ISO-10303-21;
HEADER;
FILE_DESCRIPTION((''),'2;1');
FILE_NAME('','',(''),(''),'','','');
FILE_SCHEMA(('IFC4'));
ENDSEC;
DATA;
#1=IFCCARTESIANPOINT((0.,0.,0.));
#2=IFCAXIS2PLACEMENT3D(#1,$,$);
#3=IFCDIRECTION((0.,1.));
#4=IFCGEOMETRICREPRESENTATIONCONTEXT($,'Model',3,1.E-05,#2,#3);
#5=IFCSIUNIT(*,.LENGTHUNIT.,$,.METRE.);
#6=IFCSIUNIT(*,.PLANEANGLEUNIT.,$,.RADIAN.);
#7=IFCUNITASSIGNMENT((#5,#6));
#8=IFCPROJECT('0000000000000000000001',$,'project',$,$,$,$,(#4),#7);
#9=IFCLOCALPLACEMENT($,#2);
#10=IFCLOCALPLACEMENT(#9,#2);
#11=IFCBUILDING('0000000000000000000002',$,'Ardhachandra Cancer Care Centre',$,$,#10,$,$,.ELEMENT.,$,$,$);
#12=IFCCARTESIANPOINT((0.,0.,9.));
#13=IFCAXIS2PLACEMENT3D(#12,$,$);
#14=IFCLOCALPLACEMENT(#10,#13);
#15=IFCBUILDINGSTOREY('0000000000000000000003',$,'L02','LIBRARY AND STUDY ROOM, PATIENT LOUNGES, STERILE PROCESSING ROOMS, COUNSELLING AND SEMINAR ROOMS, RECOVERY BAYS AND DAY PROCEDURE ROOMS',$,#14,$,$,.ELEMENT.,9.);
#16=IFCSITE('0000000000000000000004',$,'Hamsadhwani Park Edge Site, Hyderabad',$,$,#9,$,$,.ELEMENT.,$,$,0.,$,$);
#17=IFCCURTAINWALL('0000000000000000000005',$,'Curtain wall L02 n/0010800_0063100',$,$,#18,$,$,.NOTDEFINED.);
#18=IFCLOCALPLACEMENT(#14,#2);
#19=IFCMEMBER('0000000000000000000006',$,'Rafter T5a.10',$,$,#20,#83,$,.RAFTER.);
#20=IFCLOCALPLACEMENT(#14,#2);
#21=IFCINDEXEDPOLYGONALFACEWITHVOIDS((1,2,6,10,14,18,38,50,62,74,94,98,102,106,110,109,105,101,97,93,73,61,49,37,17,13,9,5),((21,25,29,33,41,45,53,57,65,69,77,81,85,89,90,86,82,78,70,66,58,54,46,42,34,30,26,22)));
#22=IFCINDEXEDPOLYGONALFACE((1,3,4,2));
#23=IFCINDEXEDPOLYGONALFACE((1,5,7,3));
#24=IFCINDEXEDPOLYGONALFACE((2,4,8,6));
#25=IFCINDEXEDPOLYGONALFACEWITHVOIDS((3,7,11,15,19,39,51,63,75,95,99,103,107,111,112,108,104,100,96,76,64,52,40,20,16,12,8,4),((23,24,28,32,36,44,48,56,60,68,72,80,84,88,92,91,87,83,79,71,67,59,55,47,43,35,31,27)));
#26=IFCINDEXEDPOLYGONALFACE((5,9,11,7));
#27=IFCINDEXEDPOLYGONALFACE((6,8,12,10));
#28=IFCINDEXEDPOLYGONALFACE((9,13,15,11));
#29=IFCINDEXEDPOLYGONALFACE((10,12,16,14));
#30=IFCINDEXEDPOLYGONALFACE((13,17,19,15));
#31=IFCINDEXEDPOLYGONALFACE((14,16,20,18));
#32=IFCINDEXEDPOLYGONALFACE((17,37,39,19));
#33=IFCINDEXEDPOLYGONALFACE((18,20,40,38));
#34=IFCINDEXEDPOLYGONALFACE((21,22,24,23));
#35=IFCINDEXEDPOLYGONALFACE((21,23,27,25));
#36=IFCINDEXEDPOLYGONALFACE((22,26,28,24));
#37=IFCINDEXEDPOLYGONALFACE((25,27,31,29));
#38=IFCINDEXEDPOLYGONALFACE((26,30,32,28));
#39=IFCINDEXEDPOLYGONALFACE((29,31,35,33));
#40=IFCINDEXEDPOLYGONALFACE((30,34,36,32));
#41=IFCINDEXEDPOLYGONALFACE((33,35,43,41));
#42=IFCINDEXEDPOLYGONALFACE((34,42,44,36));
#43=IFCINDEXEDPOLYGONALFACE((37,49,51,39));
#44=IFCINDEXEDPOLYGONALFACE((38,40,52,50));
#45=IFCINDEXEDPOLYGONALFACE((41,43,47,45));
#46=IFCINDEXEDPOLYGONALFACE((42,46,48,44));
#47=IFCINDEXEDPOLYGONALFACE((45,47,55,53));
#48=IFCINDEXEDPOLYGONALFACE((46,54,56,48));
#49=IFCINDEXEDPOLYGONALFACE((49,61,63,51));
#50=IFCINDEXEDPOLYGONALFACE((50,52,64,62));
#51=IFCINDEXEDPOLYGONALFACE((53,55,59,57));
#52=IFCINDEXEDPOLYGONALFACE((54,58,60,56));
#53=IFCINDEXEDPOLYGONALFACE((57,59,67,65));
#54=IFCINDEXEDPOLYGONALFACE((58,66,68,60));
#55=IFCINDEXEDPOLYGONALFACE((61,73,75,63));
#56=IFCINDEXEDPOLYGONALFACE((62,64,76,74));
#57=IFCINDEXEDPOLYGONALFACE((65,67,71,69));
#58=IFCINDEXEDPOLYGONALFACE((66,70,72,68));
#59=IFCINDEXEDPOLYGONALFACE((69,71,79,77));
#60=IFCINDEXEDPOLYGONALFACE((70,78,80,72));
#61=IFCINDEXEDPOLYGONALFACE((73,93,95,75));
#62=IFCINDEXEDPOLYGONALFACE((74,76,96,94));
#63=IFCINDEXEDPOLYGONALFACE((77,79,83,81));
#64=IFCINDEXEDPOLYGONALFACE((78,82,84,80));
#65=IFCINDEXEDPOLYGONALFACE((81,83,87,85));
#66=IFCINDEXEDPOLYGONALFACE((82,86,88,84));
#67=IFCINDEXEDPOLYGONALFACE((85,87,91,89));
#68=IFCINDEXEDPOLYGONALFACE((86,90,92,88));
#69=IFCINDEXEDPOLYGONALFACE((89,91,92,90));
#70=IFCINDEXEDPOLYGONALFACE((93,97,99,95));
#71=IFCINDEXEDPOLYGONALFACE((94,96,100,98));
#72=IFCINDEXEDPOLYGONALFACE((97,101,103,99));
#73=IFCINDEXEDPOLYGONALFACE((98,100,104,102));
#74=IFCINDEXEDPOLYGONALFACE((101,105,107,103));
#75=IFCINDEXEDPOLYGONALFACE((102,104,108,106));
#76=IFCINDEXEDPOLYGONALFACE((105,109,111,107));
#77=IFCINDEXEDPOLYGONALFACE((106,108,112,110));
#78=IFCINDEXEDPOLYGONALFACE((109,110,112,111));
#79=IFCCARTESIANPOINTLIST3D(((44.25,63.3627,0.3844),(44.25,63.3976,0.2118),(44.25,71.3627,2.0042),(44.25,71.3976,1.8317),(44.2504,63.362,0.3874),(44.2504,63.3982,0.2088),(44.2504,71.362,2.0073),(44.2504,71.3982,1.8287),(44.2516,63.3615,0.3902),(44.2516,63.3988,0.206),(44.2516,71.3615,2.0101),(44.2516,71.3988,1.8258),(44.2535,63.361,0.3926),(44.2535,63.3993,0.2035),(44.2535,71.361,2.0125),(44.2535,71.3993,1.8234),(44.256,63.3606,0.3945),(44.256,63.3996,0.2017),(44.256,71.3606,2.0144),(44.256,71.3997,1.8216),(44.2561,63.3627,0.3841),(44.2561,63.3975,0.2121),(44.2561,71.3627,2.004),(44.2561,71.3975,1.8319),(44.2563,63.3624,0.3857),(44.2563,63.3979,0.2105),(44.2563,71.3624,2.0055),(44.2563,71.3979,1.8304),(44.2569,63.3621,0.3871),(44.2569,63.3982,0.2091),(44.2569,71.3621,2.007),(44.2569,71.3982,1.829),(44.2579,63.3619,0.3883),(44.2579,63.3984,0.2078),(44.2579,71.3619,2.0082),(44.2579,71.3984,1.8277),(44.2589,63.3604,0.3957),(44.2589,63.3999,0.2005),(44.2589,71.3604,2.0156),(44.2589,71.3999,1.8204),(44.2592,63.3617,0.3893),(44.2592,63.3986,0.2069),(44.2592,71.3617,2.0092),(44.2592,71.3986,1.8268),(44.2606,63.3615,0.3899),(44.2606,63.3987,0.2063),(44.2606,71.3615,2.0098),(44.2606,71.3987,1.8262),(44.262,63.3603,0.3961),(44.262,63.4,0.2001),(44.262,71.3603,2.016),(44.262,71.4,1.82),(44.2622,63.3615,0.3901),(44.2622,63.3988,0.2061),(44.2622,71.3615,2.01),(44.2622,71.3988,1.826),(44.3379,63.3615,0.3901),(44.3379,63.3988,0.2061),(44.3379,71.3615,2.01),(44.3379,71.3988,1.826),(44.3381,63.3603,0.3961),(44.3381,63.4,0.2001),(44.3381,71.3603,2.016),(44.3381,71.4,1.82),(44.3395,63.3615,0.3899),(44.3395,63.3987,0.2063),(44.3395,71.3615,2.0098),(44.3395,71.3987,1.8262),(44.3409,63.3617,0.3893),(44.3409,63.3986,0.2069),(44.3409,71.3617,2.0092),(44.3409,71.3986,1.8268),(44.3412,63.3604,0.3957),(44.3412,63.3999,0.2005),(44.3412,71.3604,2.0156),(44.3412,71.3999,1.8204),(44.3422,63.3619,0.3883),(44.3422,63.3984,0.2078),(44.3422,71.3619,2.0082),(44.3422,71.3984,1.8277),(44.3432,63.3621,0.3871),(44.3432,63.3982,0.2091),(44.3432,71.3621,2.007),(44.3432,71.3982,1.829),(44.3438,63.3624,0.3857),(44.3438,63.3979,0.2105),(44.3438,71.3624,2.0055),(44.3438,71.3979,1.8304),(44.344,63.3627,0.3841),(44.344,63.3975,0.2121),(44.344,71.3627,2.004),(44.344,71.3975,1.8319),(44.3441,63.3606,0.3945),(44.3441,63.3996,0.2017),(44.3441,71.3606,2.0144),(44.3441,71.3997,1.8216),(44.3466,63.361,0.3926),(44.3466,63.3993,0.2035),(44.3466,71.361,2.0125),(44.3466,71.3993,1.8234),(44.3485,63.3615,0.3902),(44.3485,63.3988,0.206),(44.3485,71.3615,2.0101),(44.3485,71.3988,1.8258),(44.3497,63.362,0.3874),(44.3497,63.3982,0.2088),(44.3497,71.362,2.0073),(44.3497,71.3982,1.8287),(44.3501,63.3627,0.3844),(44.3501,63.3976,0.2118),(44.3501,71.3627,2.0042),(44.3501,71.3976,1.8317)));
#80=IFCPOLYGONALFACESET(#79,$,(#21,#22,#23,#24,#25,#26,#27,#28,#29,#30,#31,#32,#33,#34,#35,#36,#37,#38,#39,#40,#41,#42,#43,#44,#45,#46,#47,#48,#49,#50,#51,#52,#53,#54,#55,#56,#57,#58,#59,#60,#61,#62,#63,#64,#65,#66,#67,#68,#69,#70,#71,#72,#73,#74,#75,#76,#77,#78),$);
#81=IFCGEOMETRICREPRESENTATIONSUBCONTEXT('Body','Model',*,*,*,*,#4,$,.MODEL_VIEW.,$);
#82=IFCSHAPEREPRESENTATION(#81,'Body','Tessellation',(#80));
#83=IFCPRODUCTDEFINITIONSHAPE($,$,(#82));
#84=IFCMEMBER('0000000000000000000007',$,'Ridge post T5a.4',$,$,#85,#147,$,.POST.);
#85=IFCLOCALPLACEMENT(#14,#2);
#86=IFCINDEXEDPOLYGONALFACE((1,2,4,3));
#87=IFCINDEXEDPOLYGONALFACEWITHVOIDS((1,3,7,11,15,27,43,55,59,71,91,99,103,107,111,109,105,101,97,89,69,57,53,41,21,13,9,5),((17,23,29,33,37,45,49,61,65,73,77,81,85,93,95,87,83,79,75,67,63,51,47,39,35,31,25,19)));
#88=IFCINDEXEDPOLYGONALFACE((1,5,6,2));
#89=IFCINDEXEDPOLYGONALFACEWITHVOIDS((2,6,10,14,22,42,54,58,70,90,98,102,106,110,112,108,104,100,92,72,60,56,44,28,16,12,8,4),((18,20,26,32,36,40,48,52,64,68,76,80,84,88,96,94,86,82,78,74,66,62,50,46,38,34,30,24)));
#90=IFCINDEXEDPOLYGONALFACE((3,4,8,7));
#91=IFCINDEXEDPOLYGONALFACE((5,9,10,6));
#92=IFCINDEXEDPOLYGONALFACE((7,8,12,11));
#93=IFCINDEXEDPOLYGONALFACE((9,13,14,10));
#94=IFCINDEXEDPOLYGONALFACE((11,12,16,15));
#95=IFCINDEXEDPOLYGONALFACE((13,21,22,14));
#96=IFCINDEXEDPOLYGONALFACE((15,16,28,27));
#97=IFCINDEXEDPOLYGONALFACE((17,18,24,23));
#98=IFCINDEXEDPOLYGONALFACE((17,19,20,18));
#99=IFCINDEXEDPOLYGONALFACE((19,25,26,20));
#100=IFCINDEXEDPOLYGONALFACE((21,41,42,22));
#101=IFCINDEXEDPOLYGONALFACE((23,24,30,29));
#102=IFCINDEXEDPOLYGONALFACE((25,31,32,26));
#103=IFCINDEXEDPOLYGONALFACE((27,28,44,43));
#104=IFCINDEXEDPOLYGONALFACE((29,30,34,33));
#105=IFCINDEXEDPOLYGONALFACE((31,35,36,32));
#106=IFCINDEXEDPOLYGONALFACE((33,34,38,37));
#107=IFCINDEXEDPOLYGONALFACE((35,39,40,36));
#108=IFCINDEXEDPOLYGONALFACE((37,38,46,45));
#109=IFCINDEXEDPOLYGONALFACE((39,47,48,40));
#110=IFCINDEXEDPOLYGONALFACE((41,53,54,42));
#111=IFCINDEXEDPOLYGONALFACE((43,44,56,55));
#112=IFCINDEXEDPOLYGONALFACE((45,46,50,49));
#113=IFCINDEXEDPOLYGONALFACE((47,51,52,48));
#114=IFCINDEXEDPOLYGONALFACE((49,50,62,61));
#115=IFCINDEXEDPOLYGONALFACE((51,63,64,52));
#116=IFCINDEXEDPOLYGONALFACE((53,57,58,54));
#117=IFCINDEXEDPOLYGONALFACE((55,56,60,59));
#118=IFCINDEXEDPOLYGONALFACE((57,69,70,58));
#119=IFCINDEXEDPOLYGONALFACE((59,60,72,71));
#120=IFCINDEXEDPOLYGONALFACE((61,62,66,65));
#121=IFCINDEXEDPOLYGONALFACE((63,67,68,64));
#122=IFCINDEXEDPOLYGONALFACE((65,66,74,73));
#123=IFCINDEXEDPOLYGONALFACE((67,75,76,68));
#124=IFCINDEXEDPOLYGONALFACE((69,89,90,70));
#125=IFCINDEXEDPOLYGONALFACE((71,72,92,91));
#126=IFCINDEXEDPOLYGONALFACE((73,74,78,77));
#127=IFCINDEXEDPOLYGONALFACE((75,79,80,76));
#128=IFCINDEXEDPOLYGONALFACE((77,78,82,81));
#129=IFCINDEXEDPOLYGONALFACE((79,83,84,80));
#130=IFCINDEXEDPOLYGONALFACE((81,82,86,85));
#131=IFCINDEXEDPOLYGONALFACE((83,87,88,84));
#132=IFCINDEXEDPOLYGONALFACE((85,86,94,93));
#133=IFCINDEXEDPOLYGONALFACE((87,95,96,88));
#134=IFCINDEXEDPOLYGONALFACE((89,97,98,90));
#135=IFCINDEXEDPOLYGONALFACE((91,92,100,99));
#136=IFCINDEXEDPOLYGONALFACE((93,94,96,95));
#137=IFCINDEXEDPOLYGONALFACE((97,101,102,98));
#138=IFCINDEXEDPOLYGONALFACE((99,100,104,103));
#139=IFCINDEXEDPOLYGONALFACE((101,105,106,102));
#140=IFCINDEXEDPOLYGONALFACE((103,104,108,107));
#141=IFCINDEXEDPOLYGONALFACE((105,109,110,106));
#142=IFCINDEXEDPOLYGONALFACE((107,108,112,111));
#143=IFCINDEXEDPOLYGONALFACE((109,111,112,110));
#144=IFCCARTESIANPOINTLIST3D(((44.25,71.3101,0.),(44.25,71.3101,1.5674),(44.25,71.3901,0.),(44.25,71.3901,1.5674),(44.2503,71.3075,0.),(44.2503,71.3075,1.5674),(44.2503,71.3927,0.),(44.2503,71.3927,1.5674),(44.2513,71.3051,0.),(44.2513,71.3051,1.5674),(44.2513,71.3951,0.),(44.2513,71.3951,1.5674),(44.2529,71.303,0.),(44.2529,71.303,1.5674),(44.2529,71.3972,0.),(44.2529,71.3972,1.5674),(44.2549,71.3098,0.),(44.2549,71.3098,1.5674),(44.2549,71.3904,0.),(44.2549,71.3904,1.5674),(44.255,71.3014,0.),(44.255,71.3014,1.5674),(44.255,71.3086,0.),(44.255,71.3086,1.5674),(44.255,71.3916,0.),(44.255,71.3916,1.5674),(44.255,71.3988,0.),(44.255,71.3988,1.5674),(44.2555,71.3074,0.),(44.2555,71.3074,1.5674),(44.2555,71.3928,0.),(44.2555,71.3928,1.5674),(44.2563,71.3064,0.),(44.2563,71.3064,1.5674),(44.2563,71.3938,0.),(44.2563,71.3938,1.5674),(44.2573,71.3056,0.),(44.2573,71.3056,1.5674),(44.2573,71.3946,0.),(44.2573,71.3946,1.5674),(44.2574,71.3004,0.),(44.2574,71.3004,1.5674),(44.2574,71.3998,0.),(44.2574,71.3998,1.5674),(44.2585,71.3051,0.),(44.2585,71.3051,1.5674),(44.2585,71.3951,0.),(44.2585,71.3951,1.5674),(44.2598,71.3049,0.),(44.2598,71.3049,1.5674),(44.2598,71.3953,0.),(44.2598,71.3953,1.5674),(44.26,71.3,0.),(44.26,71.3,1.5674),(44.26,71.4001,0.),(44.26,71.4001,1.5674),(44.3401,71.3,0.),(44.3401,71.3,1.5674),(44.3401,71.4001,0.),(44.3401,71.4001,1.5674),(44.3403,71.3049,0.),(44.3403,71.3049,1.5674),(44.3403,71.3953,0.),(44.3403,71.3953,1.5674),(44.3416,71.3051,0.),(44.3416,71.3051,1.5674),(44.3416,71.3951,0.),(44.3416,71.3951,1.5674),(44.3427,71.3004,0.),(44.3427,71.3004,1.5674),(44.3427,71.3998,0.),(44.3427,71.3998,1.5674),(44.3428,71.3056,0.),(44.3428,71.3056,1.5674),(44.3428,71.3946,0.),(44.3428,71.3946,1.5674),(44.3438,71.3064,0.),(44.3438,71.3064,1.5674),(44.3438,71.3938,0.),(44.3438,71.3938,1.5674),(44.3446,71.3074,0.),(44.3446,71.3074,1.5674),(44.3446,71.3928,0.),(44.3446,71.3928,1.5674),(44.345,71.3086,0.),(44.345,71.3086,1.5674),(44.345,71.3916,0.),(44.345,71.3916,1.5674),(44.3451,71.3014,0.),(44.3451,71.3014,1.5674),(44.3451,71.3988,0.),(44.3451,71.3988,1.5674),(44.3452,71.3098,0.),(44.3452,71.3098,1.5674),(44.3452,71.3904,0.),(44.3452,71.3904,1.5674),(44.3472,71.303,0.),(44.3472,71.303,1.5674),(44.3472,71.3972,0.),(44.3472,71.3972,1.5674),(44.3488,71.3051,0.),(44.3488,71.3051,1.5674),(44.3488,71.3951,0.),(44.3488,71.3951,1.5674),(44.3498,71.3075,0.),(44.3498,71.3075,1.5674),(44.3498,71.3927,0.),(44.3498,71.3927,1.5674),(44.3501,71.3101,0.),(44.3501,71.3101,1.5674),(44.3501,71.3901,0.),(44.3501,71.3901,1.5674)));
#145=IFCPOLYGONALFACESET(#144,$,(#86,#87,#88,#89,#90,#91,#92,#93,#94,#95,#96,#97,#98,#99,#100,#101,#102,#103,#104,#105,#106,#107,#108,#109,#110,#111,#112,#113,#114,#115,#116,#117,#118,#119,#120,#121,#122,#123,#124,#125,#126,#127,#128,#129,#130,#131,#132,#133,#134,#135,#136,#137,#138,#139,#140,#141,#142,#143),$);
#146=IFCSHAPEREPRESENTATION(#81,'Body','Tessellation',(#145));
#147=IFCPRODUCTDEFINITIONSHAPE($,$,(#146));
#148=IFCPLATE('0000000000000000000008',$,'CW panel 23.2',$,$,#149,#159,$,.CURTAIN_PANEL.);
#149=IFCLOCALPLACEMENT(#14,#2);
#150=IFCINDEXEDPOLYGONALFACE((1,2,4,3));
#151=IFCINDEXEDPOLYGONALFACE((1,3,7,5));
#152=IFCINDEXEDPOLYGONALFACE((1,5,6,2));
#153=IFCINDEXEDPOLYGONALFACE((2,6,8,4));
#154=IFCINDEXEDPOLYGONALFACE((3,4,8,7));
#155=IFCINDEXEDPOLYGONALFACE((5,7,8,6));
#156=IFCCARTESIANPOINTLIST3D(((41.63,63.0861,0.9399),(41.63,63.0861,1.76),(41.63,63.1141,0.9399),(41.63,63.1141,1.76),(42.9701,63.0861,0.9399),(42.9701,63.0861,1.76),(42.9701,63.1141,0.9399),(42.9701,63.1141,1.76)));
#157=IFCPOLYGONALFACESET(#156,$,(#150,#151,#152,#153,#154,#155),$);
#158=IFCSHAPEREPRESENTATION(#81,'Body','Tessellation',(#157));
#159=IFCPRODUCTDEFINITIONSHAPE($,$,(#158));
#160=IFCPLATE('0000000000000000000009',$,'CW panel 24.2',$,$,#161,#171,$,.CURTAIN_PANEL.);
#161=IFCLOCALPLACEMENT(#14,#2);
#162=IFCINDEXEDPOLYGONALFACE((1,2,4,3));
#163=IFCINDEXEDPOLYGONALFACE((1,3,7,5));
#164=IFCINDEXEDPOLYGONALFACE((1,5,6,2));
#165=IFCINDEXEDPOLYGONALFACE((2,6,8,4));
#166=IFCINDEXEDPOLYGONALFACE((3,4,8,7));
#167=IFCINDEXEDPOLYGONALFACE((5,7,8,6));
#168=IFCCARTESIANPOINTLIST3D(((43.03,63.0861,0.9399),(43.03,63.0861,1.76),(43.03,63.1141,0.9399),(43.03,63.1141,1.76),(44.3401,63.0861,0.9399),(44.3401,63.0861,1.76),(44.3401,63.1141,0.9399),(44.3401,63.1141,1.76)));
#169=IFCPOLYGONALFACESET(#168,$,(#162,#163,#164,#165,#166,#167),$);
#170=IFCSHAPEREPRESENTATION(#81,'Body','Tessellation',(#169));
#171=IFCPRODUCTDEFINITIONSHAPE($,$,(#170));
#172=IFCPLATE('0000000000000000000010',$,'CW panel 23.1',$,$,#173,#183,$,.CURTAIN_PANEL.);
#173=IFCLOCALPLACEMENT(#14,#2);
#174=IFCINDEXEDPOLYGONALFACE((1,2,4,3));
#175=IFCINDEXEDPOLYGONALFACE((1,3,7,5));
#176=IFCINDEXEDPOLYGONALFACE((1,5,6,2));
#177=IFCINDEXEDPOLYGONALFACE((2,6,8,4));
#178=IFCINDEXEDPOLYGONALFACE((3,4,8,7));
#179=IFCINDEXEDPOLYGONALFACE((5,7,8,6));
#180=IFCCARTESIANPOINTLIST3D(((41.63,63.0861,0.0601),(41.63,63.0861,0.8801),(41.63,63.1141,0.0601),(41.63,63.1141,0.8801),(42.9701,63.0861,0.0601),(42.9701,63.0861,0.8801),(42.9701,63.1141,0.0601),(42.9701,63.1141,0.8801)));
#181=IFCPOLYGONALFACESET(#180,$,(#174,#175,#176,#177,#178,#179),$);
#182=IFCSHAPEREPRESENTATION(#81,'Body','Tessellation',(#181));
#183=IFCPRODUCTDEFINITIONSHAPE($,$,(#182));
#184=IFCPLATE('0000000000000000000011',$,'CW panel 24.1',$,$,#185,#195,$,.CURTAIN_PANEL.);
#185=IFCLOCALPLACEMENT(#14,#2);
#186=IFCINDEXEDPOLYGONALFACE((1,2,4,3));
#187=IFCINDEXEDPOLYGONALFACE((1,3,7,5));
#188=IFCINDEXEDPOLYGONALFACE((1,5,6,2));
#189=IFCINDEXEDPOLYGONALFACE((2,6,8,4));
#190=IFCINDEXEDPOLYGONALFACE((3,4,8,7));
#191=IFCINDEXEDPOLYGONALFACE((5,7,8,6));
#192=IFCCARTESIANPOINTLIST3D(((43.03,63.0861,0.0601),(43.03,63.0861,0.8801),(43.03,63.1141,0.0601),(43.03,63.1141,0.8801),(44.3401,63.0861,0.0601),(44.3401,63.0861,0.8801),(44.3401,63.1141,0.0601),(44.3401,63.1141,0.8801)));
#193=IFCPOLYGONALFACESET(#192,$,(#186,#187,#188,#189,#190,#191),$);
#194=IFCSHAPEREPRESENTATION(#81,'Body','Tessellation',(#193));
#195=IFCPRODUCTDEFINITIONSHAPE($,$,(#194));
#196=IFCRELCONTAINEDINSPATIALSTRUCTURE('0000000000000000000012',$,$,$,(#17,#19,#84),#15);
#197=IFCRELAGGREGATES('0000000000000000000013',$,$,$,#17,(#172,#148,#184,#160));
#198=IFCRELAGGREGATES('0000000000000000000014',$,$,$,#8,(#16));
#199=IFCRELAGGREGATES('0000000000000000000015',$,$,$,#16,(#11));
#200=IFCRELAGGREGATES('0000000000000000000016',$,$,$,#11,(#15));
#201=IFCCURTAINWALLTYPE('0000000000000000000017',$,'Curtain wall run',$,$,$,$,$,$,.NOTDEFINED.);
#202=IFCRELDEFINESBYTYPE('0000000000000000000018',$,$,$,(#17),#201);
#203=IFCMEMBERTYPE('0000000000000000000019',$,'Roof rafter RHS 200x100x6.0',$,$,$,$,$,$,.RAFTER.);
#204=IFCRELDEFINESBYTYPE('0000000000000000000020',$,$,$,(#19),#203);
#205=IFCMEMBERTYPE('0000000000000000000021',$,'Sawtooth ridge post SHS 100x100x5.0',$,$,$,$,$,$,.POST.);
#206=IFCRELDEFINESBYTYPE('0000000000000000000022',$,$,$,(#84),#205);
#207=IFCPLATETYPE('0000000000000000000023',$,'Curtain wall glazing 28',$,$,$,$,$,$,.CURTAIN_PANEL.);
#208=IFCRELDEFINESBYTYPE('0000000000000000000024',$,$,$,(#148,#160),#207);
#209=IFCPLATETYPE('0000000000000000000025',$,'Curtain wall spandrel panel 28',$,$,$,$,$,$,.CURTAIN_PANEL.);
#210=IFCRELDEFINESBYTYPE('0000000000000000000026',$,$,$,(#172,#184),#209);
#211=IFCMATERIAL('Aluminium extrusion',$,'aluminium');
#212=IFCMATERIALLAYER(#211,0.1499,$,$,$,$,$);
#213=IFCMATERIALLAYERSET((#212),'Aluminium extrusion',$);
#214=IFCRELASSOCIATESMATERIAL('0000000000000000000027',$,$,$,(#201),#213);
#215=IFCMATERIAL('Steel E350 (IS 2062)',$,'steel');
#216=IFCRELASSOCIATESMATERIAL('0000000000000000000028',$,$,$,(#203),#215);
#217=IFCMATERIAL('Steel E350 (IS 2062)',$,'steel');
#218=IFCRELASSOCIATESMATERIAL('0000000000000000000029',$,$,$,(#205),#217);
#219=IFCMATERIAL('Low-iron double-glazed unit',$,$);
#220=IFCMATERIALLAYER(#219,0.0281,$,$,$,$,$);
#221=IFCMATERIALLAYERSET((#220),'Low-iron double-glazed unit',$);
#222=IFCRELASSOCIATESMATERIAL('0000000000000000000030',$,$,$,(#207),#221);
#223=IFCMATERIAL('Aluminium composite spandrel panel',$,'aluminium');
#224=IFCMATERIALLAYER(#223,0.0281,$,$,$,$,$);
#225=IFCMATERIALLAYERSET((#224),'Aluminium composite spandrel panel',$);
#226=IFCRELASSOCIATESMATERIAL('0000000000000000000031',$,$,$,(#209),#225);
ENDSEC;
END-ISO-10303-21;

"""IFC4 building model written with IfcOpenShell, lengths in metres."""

from ifc_helpers import new_model, si_unit, direction, frame, origin, origin_2d, place, context, subcontext, project, spatial, rectangle, hollow_rectangle, extrude, material, layer, layer_set, material_profile, profile_set, type_object, element, aggregate, save


model = new_model("IFC4")

# Units and contexts
model_context = context("Model", 3, precision=1e-05, world=origin(), true_north=direction((0.0, 1.0)))
body_context = subcontext(model_context, "Body", "Model", "MODEL_VIEW")
ifc_project = project(units=[si_unit("LENGTHUNIT", "METRE"), si_unit("PLANEANGLEUNIT", "RADIAN")], contexts=[model_context])

# Site, building, storey
site_placement = place(None, origin())
site = spatial("IfcSite", under=ifc_project, at=site_placement, Name="Hamsadhwani Park Edge Site, Hyderabad", CompositionType="ELEMENT", RefElevation=0.0)
building_placement = place(site_placement, origin())
building = spatial("IfcBuilding", under=site, at=building_placement, Name="Ardhachandra Cancer Care Centre", CompositionType="ELEMENT")
storey_placement = place(building_placement, frame((0.0, 0.0, 9.0)))
storey = spatial("IfcBuildingStorey", under=building, at=storey_placement, Name="L02", Description="LIBRARY AND STUDY ROOM, PATIENT LOUNGES, STERILE PROCESSING ROOMS, COUNSELLING AND SEMINAR ROOMS, RECOVERY BAYS AND DAY PROCEDURE ROOMS", CompositionType="ELEMENT", Elevation=9.0)

# Curtain wall
ifc_material_1 = material(Name="Aluminium extrusion", Category="aluminium")
ifc_layer_1 = layer(ifc_material_1, 0.1499)
ifc_layer_set_1 = layer_set([ifc_layer_1], Name="Aluminium extrusion")
curtain_wall_type = type_object("IfcCurtainWallType", Name="Curtain wall run", PredefinedType="NOTDEFINED", material=ifc_layer_set_1)
curtain_wall_1_placement = place(storey_placement, origin())
curtain_wall_1 = element("IfcCurtainWall", 1, at=curtain_wall_1_placement, inside=storey, type_object=curtain_wall_type, Name="Curtain wall L02 n/0010800_0063100", PredefinedType="NOTDEFINED")

# Members
ifc_material_2 = material(Name="Steel E350 (IS 2062)", Category="steel")
ifc_material_profile_1 = material_profile(ifc_material_2, hollow_rectangle(XDim=0.1001, YDim=0.2, WallThickness=0.0061, InnerFilletRadius=0.0061, OuterFilletRadius=0.012, at=origin_2d()), Name="RHS 200x100x6.0")
ifc_profile_set_1 = profile_set([ifc_material_profile_1], Name="Steel E350 (IS 2062)")
member_type_1 = type_object("IfcMemberType", Name="Roof rafter RHS 200x100x6.0", PredefinedType="RAFTER", material=ifc_profile_set_1)
for number, where, z_axis, x_axis, name in (
    (2, (44.3, 63.3801, 0.2981), (0.0, 0.98011, 0.198457), (-1.0, 0.0, 0.0), "Rafter T5a.10"),
):
    element("IfcMember", number, at=place(storey_placement, frame(where, z_axis=z_axis, x_axis=x_axis)), inside=storey, type_object=member_type_1, Name=name, PredefinedType="RAFTER", context=body_context, shape_type="SweptSolid", body=[
        extrude(hollow_rectangle(XDim=0.1001, YDim=0.2, WallThickness=0.0061, InnerFilletRadius=0.0061, OuterFilletRadius=0.012, at=origin_2d()), origin(), (0.0, 0.0, 1.0), 8.1624),
    ])
ifc_material_3 = material(Name="Steel E350 (IS 2062)", Category="steel")
ifc_material_profile_2 = material_profile(ifc_material_3, hollow_rectangle(XDim=0.1001, YDim=0.1001, WallThickness=0.0049, InnerFilletRadius=0.0049, OuterFilletRadius=0.01, at=origin_2d()), Name="SHS 100x100x5.0")
ifc_profile_set_2 = profile_set([ifc_material_profile_2], Name="Steel E350 (IS 2062)")
member_type_2 = type_object("IfcMemberType", Name="Sawtooth ridge post SHS 100x100x5.0", PredefinedType="POST", material=ifc_profile_set_2)
member_1_placement = place(storey_placement, frame((44.3, 71.3501, 0.0), z_axis=(0.0, 0.0, 1.0), x_axis=(1.0, 0.0, 0.0)))
element("IfcMember", 3, at=member_1_placement, inside=storey, type_object=member_type_2, Name="Ridge post T5a.4", PredefinedType="POST", context=body_context, shape_type="SweptSolid", body=[
    extrude(hollow_rectangle(XDim=0.1001, YDim=0.1001, WallThickness=0.0049, InnerFilletRadius=0.0049, OuterFilletRadius=0.01, at=origin_2d()), origin(), (0.0, 0.0, 1.0), 1.5674),
])

# Plates
ifc_material_4 = material(Name="Low-iron double-glazed unit")
ifc_layer_2 = layer(ifc_material_4, 0.0281)
ifc_layer_set_2 = layer_set([ifc_layer_2], Name="Low-iron double-glazed unit")
plate_type_1 = type_object("IfcPlateType", Name="Curtain wall glazing 28", PredefinedType="CURTAIN_PANEL", material=ifc_layer_set_2)
plate_1_placement = place(storey_placement, frame((42.3, 63.1001, 0.9399), z_axis=(0.0, 0.0, 1.0), x_axis=(1.0, 0.0, 0.0)))
plate_1 = element("IfcPlate", 4, at=plate_1_placement, type_object=plate_type_1, Name="CW panel 23.2", PredefinedType="CURTAIN_PANEL", context=body_context, shape_type="SweptSolid", body=[
    extrude(rectangle(XDim=1.3401, YDim=0.0281, at=origin_2d()), origin(), (0.0, 0.0, 1.0), 0.8201),
])
plate_2_placement = place(storey_placement, frame((43.6851, 63.1001, 0.9399), z_axis=(0.0, 0.0, 1.0), x_axis=(1.0, 0.0, 0.0)))
plate_2 = element("IfcPlate", 5, at=plate_2_placement, type_object=plate_type_1, Name="CW panel 24.2", PredefinedType="CURTAIN_PANEL", context=body_context, shape_type="SweptSolid", body=[
    extrude(rectangle(XDim=1.3101, YDim=0.0281, at=origin_2d()), origin(), (0.0, 0.0, 1.0), 0.8201),
])
ifc_material_5 = material(Name="Aluminium composite spandrel panel", Category="aluminium")
ifc_layer_3 = layer(ifc_material_5, 0.0281)
ifc_layer_set_3 = layer_set([ifc_layer_3], Name="Aluminium composite spandrel panel")
plate_type_2 = type_object("IfcPlateType", Name="Curtain wall spandrel panel 28", PredefinedType="CURTAIN_PANEL", material=ifc_layer_set_3)
plate_3_placement = place(storey_placement, frame((42.3, 63.1001, 0.0601), z_axis=(0.0, 0.0, 1.0), x_axis=(1.0, 0.0, 0.0)))
plate_3 = element("IfcPlate", 6, at=plate_3_placement, type_object=plate_type_2, Name="CW panel 23.1", PredefinedType="CURTAIN_PANEL", context=body_context, shape_type="SweptSolid", body=[
    extrude(rectangle(XDim=1.3401, YDim=0.0281, at=origin_2d()), origin(), (0.0, 0.0, 1.0), 0.8201),
])
plate_4_placement = place(storey_placement, frame((43.6851, 63.1001, 0.0601), z_axis=(0.0, 0.0, 1.0), x_axis=(1.0, 0.0, 0.0)))
plate_4 = element("IfcPlate", 7, at=plate_4_placement, type_object=plate_type_2, Name="CW panel 24.1", PredefinedType="CURTAIN_PANEL", context=body_context, shape_type="SweptSolid", body=[
    extrude(rectangle(XDim=1.3101, YDim=0.0281, at=origin_2d()), origin(), (0.0, 0.0, 1.0), 0.8201),
])
aggregate(curtain_wall_1, [plate_3, plate_1, plate_4, plate_2])

save(model, "model.ifc")
